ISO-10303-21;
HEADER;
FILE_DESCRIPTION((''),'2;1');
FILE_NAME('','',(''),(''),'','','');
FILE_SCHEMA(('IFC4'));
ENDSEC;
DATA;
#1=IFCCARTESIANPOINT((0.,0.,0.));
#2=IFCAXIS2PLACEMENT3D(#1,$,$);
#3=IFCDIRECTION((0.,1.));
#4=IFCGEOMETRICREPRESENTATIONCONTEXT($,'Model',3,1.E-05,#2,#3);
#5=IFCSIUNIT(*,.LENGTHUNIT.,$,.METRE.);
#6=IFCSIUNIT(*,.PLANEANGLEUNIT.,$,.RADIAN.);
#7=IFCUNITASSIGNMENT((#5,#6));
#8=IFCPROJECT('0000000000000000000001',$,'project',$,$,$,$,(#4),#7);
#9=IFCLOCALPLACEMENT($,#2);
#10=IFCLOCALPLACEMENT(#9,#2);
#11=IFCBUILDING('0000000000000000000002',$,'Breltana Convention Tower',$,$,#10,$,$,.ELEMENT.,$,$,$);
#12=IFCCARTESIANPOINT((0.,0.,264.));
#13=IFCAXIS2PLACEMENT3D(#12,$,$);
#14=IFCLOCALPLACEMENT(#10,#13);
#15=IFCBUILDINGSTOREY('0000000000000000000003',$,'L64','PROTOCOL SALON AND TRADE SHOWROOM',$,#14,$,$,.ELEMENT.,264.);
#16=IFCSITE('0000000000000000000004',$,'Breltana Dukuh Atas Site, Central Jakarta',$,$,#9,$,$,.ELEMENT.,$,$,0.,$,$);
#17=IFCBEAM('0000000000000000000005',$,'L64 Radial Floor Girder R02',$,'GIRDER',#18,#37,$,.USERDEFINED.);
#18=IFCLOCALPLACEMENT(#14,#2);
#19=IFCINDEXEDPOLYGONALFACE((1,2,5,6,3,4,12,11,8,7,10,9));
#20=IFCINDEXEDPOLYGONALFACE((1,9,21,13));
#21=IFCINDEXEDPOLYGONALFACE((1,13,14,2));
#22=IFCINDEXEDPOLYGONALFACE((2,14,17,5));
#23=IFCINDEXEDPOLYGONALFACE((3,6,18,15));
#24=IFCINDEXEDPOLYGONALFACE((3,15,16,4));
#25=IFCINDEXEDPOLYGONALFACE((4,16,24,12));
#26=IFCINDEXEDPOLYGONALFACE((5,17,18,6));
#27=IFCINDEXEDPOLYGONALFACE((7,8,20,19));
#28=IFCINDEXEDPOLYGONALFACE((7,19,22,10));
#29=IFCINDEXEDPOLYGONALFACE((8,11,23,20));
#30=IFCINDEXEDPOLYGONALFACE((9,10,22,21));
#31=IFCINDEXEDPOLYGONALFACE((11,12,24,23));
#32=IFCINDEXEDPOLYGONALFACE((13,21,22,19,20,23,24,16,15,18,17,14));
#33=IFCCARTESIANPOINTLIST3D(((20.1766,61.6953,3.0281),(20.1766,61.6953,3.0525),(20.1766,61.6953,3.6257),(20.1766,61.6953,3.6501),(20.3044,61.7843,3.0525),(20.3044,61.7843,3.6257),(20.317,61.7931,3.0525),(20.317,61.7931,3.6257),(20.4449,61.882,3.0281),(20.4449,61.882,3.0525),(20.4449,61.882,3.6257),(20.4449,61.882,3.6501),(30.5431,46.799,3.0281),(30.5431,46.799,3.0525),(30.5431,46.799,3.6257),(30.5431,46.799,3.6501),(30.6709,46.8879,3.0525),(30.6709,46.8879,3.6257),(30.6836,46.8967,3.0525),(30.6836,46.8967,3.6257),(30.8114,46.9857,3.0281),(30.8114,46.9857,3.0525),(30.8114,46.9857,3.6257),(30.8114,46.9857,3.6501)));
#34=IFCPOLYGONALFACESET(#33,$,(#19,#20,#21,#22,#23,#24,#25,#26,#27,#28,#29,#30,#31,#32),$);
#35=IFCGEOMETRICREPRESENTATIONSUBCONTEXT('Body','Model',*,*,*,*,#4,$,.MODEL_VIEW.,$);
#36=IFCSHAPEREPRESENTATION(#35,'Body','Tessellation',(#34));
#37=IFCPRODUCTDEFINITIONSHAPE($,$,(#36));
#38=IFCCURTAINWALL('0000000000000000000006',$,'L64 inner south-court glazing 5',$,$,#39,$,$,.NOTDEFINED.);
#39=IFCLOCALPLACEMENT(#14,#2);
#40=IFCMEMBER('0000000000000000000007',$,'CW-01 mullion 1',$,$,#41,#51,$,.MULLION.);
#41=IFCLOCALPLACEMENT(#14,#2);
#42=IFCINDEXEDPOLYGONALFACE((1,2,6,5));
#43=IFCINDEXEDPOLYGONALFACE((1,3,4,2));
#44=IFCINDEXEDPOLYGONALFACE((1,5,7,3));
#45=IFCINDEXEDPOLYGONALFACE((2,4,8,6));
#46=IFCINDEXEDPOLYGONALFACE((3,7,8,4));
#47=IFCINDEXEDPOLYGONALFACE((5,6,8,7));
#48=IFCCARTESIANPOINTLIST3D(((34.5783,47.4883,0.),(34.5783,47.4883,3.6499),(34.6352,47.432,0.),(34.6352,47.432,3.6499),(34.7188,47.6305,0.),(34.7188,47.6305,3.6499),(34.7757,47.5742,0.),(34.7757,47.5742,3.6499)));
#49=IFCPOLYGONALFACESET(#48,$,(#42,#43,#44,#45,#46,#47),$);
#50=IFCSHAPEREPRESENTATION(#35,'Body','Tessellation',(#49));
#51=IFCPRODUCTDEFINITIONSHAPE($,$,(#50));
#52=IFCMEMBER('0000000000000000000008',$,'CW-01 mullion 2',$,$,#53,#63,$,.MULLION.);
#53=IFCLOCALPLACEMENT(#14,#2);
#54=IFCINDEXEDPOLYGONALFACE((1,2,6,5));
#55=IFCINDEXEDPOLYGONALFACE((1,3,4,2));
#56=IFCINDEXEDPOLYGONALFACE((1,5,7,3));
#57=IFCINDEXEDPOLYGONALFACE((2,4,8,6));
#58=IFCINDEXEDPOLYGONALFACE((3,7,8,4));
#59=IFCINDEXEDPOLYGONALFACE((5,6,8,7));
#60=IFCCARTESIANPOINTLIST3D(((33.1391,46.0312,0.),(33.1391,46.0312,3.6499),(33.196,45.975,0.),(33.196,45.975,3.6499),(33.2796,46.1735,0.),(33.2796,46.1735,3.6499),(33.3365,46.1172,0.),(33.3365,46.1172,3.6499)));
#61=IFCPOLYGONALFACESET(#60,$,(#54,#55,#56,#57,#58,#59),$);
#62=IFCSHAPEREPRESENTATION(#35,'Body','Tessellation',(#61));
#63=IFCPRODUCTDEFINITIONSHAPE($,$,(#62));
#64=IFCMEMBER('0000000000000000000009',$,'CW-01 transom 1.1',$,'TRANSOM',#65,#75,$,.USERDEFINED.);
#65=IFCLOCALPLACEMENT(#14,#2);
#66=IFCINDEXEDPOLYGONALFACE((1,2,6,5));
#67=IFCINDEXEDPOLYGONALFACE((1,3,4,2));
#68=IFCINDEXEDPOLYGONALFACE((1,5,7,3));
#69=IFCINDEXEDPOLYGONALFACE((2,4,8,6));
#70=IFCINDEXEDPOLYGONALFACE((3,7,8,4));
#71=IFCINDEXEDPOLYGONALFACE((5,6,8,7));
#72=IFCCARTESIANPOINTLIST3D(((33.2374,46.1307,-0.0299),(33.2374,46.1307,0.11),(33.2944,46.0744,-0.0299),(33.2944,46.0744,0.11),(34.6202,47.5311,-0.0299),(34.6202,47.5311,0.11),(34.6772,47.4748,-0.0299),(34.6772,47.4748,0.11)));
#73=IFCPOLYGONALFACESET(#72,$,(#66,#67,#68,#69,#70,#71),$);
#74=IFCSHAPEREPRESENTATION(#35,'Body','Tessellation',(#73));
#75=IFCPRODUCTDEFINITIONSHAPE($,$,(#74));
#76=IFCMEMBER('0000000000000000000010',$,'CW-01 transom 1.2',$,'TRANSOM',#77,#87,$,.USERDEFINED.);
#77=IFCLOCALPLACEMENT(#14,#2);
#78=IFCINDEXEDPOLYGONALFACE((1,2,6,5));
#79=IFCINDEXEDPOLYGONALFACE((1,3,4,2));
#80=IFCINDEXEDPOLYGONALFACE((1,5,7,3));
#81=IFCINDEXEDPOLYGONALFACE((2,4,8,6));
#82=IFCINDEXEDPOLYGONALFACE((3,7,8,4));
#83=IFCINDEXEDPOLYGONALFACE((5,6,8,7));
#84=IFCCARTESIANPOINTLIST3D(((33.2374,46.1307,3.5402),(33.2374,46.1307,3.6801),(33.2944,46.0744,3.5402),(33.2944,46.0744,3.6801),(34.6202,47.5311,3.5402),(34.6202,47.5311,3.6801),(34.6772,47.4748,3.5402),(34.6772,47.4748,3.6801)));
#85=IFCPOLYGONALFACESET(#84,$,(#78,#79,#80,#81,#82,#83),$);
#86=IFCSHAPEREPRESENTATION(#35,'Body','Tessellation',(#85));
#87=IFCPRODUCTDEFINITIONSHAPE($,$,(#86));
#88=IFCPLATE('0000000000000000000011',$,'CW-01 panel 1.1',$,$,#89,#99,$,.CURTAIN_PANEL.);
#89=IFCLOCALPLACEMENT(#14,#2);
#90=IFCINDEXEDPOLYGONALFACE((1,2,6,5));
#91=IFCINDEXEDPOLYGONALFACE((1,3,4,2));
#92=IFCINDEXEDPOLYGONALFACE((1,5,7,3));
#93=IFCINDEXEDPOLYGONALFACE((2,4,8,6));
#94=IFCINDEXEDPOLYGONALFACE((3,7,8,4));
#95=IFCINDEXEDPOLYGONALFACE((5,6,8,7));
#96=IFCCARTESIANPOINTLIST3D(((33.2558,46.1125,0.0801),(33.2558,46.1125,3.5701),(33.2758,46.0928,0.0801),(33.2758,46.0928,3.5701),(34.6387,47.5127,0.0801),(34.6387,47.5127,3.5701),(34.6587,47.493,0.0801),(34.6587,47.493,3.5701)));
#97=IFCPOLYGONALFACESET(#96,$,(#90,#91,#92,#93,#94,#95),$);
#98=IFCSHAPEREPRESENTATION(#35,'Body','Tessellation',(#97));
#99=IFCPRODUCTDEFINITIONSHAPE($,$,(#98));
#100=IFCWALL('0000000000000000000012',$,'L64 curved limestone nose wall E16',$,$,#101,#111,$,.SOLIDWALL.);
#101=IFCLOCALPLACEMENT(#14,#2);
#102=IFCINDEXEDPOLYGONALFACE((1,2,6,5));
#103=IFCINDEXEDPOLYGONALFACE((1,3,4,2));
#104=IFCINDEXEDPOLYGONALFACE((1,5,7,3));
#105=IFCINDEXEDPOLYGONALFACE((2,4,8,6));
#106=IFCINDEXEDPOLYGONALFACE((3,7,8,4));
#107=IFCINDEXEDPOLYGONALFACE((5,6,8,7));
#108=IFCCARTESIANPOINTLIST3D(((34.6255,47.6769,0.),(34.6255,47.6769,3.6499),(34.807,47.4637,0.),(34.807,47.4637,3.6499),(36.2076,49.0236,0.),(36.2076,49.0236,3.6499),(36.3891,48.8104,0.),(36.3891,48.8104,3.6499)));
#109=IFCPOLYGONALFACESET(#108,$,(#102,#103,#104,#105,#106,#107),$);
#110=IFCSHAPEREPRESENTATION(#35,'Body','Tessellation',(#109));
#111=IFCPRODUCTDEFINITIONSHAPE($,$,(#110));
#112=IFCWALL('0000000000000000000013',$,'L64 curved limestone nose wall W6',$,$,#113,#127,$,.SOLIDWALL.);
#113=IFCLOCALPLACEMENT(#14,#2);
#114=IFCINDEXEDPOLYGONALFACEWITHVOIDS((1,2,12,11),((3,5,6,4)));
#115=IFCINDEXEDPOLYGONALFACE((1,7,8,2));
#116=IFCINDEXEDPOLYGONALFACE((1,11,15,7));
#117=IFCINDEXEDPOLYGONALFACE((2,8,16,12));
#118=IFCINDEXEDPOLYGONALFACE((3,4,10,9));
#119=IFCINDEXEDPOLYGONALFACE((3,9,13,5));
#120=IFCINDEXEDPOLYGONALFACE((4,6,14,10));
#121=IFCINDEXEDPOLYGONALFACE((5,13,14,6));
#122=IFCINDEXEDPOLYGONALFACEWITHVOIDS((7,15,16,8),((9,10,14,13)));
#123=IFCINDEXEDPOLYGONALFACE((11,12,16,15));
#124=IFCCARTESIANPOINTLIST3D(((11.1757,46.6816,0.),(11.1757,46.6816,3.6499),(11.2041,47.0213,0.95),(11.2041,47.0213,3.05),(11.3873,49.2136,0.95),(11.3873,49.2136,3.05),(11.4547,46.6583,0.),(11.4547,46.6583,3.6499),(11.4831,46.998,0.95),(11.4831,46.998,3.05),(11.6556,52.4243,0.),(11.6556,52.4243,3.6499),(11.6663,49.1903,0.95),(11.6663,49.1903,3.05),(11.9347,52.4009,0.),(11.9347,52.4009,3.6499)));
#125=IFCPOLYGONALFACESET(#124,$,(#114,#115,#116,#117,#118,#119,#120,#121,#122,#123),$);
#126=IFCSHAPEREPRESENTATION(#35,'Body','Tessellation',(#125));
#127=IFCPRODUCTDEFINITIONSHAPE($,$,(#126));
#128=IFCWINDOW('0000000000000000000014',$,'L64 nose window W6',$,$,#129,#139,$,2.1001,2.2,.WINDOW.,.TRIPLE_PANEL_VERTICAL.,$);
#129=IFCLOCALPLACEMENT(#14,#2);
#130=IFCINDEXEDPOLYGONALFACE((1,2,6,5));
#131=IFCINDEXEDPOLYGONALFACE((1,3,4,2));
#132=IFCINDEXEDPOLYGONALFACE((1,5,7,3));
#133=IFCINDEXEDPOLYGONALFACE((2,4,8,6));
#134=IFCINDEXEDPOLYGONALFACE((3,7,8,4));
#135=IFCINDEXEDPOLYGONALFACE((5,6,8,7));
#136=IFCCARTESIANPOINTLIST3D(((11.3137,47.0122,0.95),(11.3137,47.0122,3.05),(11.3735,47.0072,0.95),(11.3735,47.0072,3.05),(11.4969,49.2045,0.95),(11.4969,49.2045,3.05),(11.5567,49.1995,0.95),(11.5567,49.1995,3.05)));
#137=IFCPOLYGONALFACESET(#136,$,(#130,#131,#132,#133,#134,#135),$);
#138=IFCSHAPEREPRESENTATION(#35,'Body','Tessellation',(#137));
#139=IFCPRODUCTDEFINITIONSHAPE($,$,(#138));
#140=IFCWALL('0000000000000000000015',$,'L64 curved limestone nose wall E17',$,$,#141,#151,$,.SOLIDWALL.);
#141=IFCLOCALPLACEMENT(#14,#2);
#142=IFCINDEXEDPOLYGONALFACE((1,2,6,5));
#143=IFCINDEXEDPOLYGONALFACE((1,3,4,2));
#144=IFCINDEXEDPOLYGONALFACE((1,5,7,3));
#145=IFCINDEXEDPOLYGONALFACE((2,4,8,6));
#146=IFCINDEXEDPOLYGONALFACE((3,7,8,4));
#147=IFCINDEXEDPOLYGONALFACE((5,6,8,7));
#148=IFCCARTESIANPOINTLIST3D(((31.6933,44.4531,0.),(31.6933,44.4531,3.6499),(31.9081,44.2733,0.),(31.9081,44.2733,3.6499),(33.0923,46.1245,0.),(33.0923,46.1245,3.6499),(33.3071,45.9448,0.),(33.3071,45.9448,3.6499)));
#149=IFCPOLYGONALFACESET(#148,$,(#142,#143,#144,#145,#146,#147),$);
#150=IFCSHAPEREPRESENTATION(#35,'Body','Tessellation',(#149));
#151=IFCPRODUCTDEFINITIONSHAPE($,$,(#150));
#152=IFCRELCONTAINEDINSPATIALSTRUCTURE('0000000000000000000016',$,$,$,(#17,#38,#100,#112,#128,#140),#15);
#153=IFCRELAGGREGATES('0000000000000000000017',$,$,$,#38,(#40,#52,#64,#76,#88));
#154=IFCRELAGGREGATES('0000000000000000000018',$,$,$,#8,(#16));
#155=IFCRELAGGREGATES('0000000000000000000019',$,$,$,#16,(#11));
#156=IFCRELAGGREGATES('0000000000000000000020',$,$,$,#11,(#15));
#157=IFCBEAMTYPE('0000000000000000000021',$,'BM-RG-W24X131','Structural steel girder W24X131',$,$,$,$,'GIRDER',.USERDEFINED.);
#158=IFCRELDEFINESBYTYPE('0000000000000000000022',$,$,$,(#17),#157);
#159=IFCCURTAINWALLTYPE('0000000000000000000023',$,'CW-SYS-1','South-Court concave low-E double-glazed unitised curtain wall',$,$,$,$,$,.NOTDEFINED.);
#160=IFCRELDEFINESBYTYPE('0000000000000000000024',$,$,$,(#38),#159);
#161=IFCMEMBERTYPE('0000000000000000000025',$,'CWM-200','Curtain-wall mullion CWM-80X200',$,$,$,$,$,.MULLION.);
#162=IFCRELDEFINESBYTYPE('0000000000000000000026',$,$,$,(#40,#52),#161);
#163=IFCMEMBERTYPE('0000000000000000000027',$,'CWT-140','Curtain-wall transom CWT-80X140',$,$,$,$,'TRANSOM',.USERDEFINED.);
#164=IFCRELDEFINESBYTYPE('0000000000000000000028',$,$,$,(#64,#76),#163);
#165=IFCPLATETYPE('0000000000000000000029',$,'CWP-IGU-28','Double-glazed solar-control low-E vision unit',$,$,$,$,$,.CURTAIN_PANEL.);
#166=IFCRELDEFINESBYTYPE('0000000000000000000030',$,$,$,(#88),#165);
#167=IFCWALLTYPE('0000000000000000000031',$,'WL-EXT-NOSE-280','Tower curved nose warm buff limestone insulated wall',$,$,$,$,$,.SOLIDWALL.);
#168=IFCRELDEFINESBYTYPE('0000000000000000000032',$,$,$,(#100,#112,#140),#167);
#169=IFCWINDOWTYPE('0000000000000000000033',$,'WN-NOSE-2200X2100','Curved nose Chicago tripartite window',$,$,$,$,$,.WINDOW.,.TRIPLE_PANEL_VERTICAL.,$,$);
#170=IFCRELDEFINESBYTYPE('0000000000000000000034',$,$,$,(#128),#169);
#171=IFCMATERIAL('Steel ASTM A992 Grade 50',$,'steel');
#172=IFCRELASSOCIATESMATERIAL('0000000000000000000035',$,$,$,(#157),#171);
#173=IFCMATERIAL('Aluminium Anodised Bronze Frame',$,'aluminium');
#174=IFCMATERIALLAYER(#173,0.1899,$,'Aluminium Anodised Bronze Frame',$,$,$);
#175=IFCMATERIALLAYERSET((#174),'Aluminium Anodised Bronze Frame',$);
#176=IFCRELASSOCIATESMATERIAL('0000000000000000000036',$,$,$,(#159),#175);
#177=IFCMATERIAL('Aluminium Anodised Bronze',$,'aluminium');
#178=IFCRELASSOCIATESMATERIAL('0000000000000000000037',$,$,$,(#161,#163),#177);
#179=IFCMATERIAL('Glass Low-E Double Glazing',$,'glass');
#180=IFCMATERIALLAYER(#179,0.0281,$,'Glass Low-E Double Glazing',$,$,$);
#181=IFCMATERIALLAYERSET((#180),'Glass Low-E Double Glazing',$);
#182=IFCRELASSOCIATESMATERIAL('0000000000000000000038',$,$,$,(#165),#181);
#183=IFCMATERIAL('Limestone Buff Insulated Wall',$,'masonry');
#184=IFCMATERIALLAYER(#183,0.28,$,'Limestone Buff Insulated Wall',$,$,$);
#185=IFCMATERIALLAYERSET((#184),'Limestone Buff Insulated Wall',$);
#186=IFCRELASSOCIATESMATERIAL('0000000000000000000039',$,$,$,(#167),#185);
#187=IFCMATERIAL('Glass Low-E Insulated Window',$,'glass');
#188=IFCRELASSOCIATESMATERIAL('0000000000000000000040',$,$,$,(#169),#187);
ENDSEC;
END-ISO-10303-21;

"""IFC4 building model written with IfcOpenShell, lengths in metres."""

from ifc_helpers import new_model, si_unit, direction, frame, frame_2d, origin, origin_2d, place, context, subcontext, project, spatial, rectangle, i_section, extrude, source, transform, mapped, material, layer, layer_set, material_profile, profile_set, type_object, type_shapes, element, fill, aggregate, save


model = new_model("IFC4")

# Units and contexts
model_context = context("Model", 3, precision=1e-05, world=origin(), true_north=direction((0.0, 1.0)))
body_context = subcontext(model_context, "Body", "Model", "MODEL_VIEW")
ifc_project = project(units=[si_unit("LENGTHUNIT", "METRE"), si_unit("PLANEANGLEUNIT", "RADIAN")], contexts=[model_context])

# Site, building, storey
site_placement = place(None, origin())
site = spatial("IfcSite", under=ifc_project, at=site_placement, Name="Breltana Dukuh Atas Site, Central Jakarta", CompositionType="ELEMENT", RefElevation=0.0)
building_placement = place(site_placement, origin())
building = spatial("IfcBuilding", under=site, at=building_placement, Name="Breltana Convention Tower", CompositionType="ELEMENT")
storey_placement = place(building_placement, frame((0.0, 0.0, 264.0)))
storey = spatial("IfcBuildingStorey", under=building, at=storey_placement, Name="L64", Description="PROTOCOL SALON AND TRADE SHOWROOM", CompositionType="ELEMENT", Elevation=264.0)

# Shared definitions
ifc_material_1 = material(Name="Steel ASTM A992 Grade 50", Category="steel")

# Beam
ifc_material_profile_1 = material_profile(ifc_material_1, i_section(OverallWidth=0.3269, OverallDepth=0.6221, WebThickness=0.0154, FlangeThickness=0.0244, at=origin_2d()), Name="W24X131")
ifc_profile_set_1 = profile_set([ifc_material_profile_1], Name="Steel ASTM A992 Grade 50")
beam_type_1 = type_object("IfcBeamType", Name="BM-RG-W24X131", Description="Structural steel girder W24X131", ElementType="GIRDER", PredefinedType="USERDEFINED", material=ifc_profile_set_1)
shared_shape_1 = source(origin(), body_context, "Body", "SweptSolid", [
    extrude(i_section(OverallWidth=0.3269, OverallDepth=0.6221, WebThickness=0.0154, FlangeThickness=0.0244, at=origin_2d()), origin(), (0.0, 0.0, 1.0), 18.1484),
])
beam_1_placement = place(storey_placement, frame((30.6772, 46.8923, 3.3391), z_axis=(-0.571208, 0.820806, 0.0), x_axis=(-0.820806, -0.571208, 0.0)))
element("IfcBeam", 1, at=beam_1_placement, inside=storey, type_object=beam_type_1, Name="L64 Radial Floor Girder R02", ObjectType="GIRDER", PredefinedType="USERDEFINED", context=body_context, shape_type="MappedRepresentation", body=[
    mapped(shared_shape_1, transform((0.0, 0.0, 0.0), scale=1.0)),
])

# Curtain wall, members, plate
ifc_material_2 = material(Name="Aluminium Anodised Bronze Frame", Category="aluminium")
ifc_layer_1 = layer(ifc_material_2, 0.1899, Name="Aluminium Anodised Bronze Frame")
ifc_layer_set_1 = layer_set([ifc_layer_1], Name="Aluminium Anodised Bronze Frame")
curtain_wall_type = type_object("IfcCurtainWallType", Name="CW-SYS-1", Description="South-Court concave low-E double-glazed unitised curtain wall", PredefinedType="NOTDEFINED", material=ifc_layer_set_1)
curtain_wall_placement = place(storey_placement, origin())
curtain_wall = element("IfcCurtainWall", 2, at=curtain_wall_placement, inside=storey, type_object=curtain_wall_type, Name="L64 inner south-court glazing 5", PredefinedType="NOTDEFINED")
ifc_material_3 = material(Name="Aluminium Anodised Bronze", Category="aluminium")
ifc_material_profile_2 = material_profile(ifc_material_3, rectangle(XDim=0.0801, YDim=0.2, at=origin_2d()), Name="CWM-80X200")
ifc_profile_set_2 = profile_set([ifc_material_profile_2], Name="Aluminium Anodised Bronze")
member_type_1 = type_object("IfcMemberType", Name="CWM-200", Description="Curtain-wall mullion CWM-80X200", PredefinedType="MULLION", material=ifc_profile_set_2)
shared_shape_2 = source(origin(), body_context, "Body", "SweptSolid", [
    extrude(rectangle(XDim=0.0801, YDim=0.2, at=origin_2d()), origin(), (0.0, 0.0, 1.0), 3.6499),
])
member_1_placement = place(storey_placement, frame((34.677, 47.5312, 0.0), z_axis=(0.0, 0.0, 1.0), x_axis=(0.711487, -0.702699, 0.0)))
member_1 = element("IfcMember", 3, at=member_1_placement, type_object=member_type_1, Name="CW-01 mullion 1", PredefinedType="MULLION", context=body_context, shape_type="MappedRepresentation", body=[
    mapped(shared_shape_2, transform((0.0, 0.0, 0.0), scale=1.0)),
])
member_2_placement = place(storey_placement, frame((33.2378, 46.0742, 0.0), z_axis=(0.0, 0.0, 1.0), x_axis=(0.711487, -0.702699, 0.0)))
member_2 = element("IfcMember", 4, at=member_2_placement, type_object=member_type_1, Name="CW-01 mullion 2", PredefinedType="MULLION", context=body_context, shape_type="MappedRepresentation", body=[
    mapped(shared_shape_2, transform((0.0, 0.0, 0.0), scale=1.0)),
])
ifc_material_profile_3 = material_profile(ifc_material_3, rectangle(XDim=0.0801, YDim=0.1399, at=origin_2d()), Name="CWT-80X140")
ifc_profile_set_3 = profile_set([ifc_material_profile_3], Name="Aluminium Anodised Bronze")
member_type_2 = type_object("IfcMemberType", Name="CWT-140", Description="Curtain-wall transom CWT-80X140", ElementType="TRANSOM", PredefinedType="USERDEFINED", material=ifc_profile_set_3)
shared_shape_3 = source(origin(), body_context, "Body", "SweptSolid", [
    extrude(rectangle(XDim=0.0801, YDim=0.1399, at=origin_2d()), origin(), (0.0, 0.0, 1.0), 1.968),
])
member_3_placement = place(storey_placement, frame((34.6487, 47.5029, 0.04), z_axis=(-0.702627, -0.711559, 0.0), x_axis=(0.711559, -0.702627, 0.0)))
member_3 = element("IfcMember", 5, at=member_3_placement, type_object=member_type_2, Name="CW-01 transom 1.1", ObjectType="TRANSOM", PredefinedType="USERDEFINED", context=body_context, shape_type="MappedRepresentation", body=[
    mapped(shared_shape_3, transform((0.0, 0.0, 0.0), scale=1.0)),
])
member_4_placement = place(storey_placement, frame((34.6487, 47.5029, 3.6101), z_axis=(-0.702627, -0.711559, 0.0), x_axis=(0.711559, -0.702627, 0.0)))
member_4 = element("IfcMember", 6, at=member_4_placement, type_object=member_type_2, Name="CW-01 transom 1.2", ObjectType="TRANSOM", PredefinedType="USERDEFINED", context=body_context, shape_type="MappedRepresentation", body=[
    mapped(shared_shape_3, transform((0.0, 0.0, 0.0), scale=1.0)),
])
ifc_material_4 = material(Name="Glass Low-E Double Glazing", Category="glass")
ifc_layer_2 = layer(ifc_material_4, 0.0281, Name="Glass Low-E Double Glazing")
ifc_layer_set_2 = layer_set([ifc_layer_2], Name="Glass Low-E Double Glazing")
plate_type = type_object("IfcPlateType", Name="CWP-IGU-28", Description="Double-glazed solar-control low-E vision unit", PredefinedType="CURTAIN_PANEL", material=ifc_layer_set_2)
shared_shape_4 = source(origin(), body_context, "Body", "SweptSolid", [
    extrude(rectangle(XDim=1.968, YDim=0.0281, at=origin_2d()), origin(), (0.0, 0.0, 1.0), 3.49),
])
plate_placement = place(storey_placement, frame((33.9573, 46.8027, 0.0801), z_axis=(0.0, 0.0, 1.0), x_axis=(-0.702699, -0.711487, 0.0)))
plate = element("IfcPlate", 7, at=plate_placement, type_object=plate_type, Name="CW-01 panel 1.1", PredefinedType="CURTAIN_PANEL", context=body_context, shape_type="MappedRepresentation", body=[
    mapped(shared_shape_4, transform((0.0, 0.0, 0.0), scale=1.0)),
])
aggregate(curtain_wall, [member_1, member_2, member_3, member_4, plate])

# Wall
ifc_material_5 = material(Name="Limestone Buff Insulated Wall", Category="masonry")
ifc_layer_3 = layer(ifc_material_5, 0.28, Name="Limestone Buff Insulated Wall")
ifc_layer_set_3 = layer_set([ifc_layer_3], Name="Limestone Buff Insulated Wall")
wall_type = type_object("IfcWallType", Name="WL-EXT-NOSE-280", Description="Tower curved nose warm buff limestone insulated wall", PredefinedType="SOLIDWALL", material=ifc_layer_set_3)
shared_shape_5 = source(origin(), body_context, "Body", "SweptSolid", [
    extrude(rectangle(XDim=2.0776, YDim=0.28, at=frame_2d((1.0388, 0.0))), origin(), (0.0, 0.0, 1.0), 3.6499),
])
wall_1_placement = place(storey_placement, frame((36.2983, 48.917, 0.0), z_axis=(0.0, 0.0, 1.0), x_axis=(-0.761475, -0.648194, 0.0)))
element("IfcWall", 8, at=wall_1_placement, inside=storey, type_object=wall_type, Name="L64 curved limestone nose wall E16", PredefinedType="SOLIDWALL", context=body_context, shape_type="MappedRepresentation", body=[
    mapped(shared_shape_5, transform((0.0, 0.0, 0.0), scale=1.0)),
])

# Wall, opening, window
shared_shape_6 = source(origin(), body_context, "Body", "SweptSolid", [
    extrude(rectangle(XDim=5.7627, YDim=0.28, at=frame_2d((2.8813, 0.0))), origin(), (0.0, 0.0, 1.0), 3.6499),
])
wall_2_placement = place(storey_placement, frame((11.3152, 46.6699, 0.0), z_axis=(0.0, 0.0, 1.0), x_axis=(0.083291, 0.996525, 0.0)))
wall_2 = element("IfcWall", 9, at=wall_2_placement, inside=storey, type_object=wall_type, Name="L64 curved limestone nose wall W6", PredefinedType="SOLIDWALL", context=body_context, shape_type="MappedRepresentation", body=[
    mapped(shared_shape_6, transform((0.0, 0.0, 0.0), scale=1.0)),
])
opening_placement = place(wall_2_placement, frame((0.3408, 0.0, 0.95)))
opening = element("IfcOpeningElement", 10, at=opening_placement, cuts=wall_2, PredefinedType="OPENING", context=body_context, shape_type="SweptSolid", body=[
    extrude(rectangle(XDim=2.2, YDim=2.1001, at=frame_2d((1.1001, 1.05))), frame((0.0, 0.1499, 0.0), z_axis=(0.0, -1.0, 0.0), x_axis=(1.0, 0.0, 0.0)), (0.0, 0.0, 1.0), 0.3),
])
ifc_material_6 = material(Name="Glass Low-E Insulated Window", Category="glass")
window_type = type_object("IfcWindowType", Name="WN-NOSE-2200X2100", Description="Curved nose Chicago tripartite window", PartitioningType="TRIPLE_PANEL_VERTICAL", PredefinedType="WINDOW", material=ifc_material_6)
shared_shape_7 = source(origin(), body_context, "Body", "SweptSolid", [
    extrude(rectangle(XDim=2.2, YDim=2.1001, at=frame_2d((1.1001, 1.05))), frame((0.0, 0.03, 0.0), z_axis=(0.0, -1.0, 0.0), x_axis=(1.0, 0.0, 0.0)), (0.0, 0.0, 1.0), 0.0601),
])
type_shapes(window_type, [shared_shape_7])
window_placement = place(opening_placement, origin())
window = element("IfcWindow", 11, at=window_placement, inside=storey, type_object=window_type, Name="L64 nose window W6", OverallHeight=2.1001, OverallWidth=2.2, PartitioningType="TRIPLE_PANEL_VERTICAL", PredefinedType="WINDOW", context=body_context, shape_type="MappedRepresentation", body=[
    mapped(shared_shape_7, transform((0.0, 0.0, 0.0), scale=1.0)),
])
fill(opening, window)

# Wall
shared_shape_8 = source(origin(), body_context, "Body", "SweptSolid", [
    extrude(rectangle(XDim=2.1797, YDim=0.28, at=frame_2d((1.0898, 0.0))), origin(), (0.0, 0.0, 1.0), 3.6499),
])
wall_3_placement = place(storey_placement, frame((33.1997, 46.0347, 0.0), z_axis=(0.0, 0.0, 1.0), x_axis=(-0.641836, -0.766842, 0.0)))
element("IfcWall", 12, at=wall_3_placement, inside=storey, type_object=wall_type, Name="L64 curved limestone nose wall E17", PredefinedType="SOLIDWALL", context=body_context, shape_type="MappedRepresentation", body=[
    mapped(shared_shape_8, transform((0.0, 0.0, 0.0), scale=1.0)),
])

save(model, "model.ifc")
